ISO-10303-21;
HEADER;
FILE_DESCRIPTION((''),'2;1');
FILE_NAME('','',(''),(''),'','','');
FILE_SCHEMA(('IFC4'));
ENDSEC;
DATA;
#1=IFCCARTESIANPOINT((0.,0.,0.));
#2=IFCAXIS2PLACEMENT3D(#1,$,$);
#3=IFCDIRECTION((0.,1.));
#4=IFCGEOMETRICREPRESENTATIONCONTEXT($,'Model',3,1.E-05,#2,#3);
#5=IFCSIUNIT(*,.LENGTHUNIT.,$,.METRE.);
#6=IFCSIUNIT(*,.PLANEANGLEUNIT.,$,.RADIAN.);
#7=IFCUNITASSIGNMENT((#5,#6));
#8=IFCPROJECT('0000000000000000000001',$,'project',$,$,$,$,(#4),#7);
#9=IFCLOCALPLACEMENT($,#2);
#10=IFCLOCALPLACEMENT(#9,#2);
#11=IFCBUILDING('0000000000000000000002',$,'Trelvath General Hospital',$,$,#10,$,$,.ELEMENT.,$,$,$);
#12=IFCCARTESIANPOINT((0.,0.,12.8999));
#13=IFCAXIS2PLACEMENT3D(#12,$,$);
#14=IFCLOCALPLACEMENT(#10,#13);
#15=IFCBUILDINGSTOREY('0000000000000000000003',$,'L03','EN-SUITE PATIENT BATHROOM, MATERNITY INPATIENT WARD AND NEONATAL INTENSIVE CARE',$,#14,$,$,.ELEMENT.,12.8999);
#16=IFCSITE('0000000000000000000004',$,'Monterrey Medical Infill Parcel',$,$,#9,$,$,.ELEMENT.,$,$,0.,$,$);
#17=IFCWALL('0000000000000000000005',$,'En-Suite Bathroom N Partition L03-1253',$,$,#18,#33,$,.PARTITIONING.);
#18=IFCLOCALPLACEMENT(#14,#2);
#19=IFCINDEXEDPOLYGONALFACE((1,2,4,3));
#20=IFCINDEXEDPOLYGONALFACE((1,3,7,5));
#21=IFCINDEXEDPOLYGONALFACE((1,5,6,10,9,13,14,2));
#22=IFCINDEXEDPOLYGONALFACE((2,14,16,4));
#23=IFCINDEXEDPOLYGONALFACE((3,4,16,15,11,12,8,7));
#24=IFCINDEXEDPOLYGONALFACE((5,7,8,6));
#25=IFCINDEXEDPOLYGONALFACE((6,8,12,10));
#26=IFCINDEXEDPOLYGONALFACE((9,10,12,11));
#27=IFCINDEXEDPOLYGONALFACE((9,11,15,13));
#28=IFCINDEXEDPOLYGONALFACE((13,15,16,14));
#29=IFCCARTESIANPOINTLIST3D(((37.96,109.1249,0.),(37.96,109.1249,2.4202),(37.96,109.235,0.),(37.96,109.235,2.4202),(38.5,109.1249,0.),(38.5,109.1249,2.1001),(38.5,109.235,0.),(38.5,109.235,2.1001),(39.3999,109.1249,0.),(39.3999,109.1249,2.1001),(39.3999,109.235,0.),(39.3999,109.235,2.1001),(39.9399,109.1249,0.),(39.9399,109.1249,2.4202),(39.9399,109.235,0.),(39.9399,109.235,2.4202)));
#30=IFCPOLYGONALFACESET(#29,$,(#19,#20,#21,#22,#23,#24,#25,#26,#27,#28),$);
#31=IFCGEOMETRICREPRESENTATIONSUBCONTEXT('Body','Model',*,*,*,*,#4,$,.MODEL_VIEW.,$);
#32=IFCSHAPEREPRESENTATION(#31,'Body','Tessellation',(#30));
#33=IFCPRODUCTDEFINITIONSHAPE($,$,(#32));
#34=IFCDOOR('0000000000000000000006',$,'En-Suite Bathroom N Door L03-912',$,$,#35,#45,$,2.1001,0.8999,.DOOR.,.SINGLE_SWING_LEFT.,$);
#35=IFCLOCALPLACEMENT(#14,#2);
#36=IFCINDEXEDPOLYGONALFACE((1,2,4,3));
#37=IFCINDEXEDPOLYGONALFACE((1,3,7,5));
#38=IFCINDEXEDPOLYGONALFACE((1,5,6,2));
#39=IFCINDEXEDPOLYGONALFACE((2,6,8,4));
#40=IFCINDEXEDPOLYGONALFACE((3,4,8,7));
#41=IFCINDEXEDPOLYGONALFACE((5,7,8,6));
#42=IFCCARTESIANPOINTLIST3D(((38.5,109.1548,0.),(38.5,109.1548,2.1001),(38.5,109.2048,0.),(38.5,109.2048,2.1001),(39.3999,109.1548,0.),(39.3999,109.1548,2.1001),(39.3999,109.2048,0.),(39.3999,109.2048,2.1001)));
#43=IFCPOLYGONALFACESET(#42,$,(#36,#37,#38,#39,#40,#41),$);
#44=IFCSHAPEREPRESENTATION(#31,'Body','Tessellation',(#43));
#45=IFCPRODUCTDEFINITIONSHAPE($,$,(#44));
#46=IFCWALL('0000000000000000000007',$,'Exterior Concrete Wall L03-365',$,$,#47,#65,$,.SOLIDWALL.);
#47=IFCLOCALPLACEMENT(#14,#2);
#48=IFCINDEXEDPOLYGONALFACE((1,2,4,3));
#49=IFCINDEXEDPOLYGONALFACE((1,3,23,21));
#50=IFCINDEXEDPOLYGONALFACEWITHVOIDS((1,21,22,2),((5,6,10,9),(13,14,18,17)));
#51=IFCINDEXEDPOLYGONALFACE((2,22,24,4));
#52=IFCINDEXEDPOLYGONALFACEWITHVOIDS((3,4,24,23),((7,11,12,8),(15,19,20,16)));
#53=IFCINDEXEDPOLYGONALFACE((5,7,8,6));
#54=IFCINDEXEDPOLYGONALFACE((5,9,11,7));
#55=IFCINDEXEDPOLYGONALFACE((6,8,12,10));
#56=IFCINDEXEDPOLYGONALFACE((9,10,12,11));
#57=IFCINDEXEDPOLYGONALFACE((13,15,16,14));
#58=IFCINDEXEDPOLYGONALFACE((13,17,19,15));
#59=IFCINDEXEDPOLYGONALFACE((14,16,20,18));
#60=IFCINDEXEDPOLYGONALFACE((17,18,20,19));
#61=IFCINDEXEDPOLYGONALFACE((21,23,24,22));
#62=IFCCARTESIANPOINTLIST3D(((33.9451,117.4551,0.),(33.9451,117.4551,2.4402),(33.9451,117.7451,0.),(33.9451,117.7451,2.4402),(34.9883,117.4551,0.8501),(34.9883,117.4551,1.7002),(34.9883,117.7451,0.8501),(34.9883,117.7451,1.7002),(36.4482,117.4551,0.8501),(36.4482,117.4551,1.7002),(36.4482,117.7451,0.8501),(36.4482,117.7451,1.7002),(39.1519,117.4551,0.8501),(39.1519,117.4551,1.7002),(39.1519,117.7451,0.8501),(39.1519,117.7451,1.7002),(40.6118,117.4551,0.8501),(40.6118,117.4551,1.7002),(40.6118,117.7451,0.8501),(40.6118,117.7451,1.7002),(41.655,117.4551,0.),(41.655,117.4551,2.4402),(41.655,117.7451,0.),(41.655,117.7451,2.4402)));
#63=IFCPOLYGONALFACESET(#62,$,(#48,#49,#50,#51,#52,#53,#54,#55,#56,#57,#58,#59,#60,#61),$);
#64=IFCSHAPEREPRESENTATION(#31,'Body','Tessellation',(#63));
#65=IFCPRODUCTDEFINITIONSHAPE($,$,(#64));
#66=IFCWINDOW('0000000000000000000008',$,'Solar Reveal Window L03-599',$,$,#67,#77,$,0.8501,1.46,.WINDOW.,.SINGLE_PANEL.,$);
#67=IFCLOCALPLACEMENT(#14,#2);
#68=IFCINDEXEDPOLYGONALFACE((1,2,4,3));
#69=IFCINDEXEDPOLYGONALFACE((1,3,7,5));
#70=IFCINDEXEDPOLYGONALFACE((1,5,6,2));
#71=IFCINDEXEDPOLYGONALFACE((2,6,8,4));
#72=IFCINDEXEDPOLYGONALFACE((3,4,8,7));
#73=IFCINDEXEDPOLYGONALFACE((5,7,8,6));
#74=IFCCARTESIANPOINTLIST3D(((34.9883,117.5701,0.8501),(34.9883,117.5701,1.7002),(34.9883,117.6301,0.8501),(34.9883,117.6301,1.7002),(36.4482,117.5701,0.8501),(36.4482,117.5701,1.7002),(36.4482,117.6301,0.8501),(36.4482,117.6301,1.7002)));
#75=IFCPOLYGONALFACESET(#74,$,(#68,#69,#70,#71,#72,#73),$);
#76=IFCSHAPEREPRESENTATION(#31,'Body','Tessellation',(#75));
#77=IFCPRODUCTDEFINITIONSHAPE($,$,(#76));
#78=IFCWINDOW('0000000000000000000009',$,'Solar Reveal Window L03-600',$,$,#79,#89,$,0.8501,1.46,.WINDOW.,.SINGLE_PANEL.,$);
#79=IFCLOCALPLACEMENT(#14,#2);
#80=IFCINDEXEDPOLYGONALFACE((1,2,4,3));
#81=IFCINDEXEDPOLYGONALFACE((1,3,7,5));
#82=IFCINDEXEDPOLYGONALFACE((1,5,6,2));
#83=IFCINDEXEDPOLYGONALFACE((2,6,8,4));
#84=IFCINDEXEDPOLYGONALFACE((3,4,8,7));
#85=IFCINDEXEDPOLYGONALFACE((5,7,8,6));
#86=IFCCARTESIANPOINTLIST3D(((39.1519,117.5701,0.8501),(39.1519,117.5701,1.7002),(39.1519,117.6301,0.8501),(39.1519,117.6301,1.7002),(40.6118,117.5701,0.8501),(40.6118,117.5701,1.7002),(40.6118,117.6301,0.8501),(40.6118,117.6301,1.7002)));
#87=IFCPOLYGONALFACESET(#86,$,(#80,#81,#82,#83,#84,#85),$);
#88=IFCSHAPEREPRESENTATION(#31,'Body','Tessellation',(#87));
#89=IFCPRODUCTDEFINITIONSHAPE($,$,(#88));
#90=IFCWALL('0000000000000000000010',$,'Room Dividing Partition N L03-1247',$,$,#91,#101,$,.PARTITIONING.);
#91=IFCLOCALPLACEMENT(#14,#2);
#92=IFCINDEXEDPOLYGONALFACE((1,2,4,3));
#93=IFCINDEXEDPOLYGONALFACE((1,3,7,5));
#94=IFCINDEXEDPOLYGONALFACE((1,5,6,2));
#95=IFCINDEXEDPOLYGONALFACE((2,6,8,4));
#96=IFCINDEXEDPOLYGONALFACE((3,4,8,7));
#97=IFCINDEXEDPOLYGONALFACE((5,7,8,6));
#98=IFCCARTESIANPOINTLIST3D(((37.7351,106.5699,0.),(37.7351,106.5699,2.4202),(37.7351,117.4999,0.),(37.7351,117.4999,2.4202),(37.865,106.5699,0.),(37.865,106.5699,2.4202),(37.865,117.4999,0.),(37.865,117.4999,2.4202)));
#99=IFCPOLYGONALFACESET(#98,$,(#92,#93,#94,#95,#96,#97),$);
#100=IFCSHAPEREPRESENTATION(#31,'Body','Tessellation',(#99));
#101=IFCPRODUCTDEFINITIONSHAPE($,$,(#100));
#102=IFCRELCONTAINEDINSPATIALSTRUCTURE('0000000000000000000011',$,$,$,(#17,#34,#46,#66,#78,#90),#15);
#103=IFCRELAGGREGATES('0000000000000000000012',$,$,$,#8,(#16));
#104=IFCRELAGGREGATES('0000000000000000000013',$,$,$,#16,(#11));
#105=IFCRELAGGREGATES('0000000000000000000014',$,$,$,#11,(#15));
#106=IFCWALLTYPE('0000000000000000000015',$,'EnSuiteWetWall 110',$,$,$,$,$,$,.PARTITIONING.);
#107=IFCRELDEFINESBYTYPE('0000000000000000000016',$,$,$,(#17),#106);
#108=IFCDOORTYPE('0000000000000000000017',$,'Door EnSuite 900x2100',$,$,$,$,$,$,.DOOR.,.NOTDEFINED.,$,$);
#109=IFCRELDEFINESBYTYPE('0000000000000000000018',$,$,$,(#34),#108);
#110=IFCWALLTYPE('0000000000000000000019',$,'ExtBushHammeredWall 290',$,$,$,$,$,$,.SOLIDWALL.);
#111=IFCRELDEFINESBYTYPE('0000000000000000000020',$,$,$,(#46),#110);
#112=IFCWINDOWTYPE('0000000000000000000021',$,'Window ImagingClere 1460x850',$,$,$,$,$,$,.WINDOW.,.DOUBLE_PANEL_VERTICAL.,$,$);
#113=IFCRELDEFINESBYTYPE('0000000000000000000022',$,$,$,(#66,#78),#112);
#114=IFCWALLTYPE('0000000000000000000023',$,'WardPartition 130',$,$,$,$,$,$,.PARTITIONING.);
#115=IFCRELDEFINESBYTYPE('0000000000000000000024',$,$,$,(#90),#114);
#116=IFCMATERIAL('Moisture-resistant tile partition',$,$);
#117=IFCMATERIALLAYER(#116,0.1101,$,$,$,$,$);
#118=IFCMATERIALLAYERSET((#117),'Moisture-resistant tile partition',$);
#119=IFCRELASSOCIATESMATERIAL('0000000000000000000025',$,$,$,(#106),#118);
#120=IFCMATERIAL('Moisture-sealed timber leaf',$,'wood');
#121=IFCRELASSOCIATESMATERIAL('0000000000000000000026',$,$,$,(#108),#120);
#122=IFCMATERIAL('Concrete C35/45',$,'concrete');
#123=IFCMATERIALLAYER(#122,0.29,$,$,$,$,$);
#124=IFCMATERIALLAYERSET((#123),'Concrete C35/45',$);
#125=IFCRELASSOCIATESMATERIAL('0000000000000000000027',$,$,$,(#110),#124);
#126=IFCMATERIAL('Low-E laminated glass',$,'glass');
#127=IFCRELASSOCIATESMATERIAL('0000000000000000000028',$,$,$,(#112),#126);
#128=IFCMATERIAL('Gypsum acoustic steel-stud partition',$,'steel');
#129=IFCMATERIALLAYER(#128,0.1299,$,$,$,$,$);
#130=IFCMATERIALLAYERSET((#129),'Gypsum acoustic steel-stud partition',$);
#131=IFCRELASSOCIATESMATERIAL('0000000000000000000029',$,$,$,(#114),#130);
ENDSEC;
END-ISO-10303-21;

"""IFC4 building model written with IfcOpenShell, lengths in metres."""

from ifc_helpers import new_model, si_unit, direction, frame, frame_2d, origin, place, context, subcontext, project, spatial, rectangle, extrude, material, layer, layer_set, type_object, element, fill, save


model = new_model("IFC4")

# Units and contexts
model_context = context("Model", 3, precision=1e-05, world=origin(), true_north=direction((0.0, 1.0)))
body_context = subcontext(model_context, "Body", "Model", "MODEL_VIEW")
ifc_project = project(units=[si_unit("LENGTHUNIT", "METRE"), si_unit("PLANEANGLEUNIT", "RADIAN")], contexts=[model_context])

# Site, building, storey
site_placement = place(None, origin())
site = spatial("IfcSite", under=ifc_project, at=site_placement, Name="Monterrey Medical Infill Parcel", CompositionType="ELEMENT", RefElevation=0.0)
building_placement = place(site_placement, origin())
building = spatial("IfcBuilding", under=site, at=building_placement, Name="Trelvath General Hospital", CompositionType="ELEMENT")
storey_placement = place(building_placement, frame((0.0, 0.0, 12.8999)))
storey = spatial("IfcBuildingStorey", under=building, at=storey_placement, Name="L03", Description="EN-SUITE PATIENT BATHROOM, MATERNITY INPATIENT WARD AND NEONATAL INTENSIVE CARE", CompositionType="ELEMENT", Elevation=12.8999)

# Shared definitions
ifc_material_1 = material(Name="Moisture-resistant tile partition")
ifc_layer_1 = layer(ifc_material_1, 0.1101)
ifc_layer_set_1 = layer_set([ifc_layer_1], Name="Moisture-resistant tile partition")
wall_type_1 = type_object("IfcWallType", Name="EnSuiteWetWall 110", PredefinedType="PARTITIONING", material=ifc_layer_set_1)

# Shared definitions
ifc_material_2 = material(Name="Moisture-sealed timber leaf", Category="wood")
door_type_1 = type_object("IfcDoorType", Name="Door EnSuite 900x2100", OperationType="NOTDEFINED", PredefinedType="DOOR", material=ifc_material_2)

# Wall, opening, door
wall_1_placement = place(storey_placement, frame((37.96, 109.1799, 0.0), z_axis=(0.0, 0.0, 1.0), x_axis=(1.0, 0.0, 0.0)))
wall_1 = element("IfcWall", 1, at=wall_1_placement, inside=storey, type_object=wall_type_1, Name="En-Suite Bathroom N Partition L03-1253", PredefinedType="PARTITIONING", context=body_context, shape_type="SweptSolid", body=[
    extrude(rectangle(XDim=1.98, YDim=0.1101, at=frame_2d((0.99, 0.0))), origin(), (0.0, 0.0, 1.0), 2.4202),
])
opening_1_placement = place(wall_1_placement, frame((0.54, 0.0, 0.0)))
opening_1 = element("IfcOpeningElement", 2, at=opening_1_placement, cuts=wall_1, PredefinedType="OPENING", context=body_context, shape_type="SweptSolid", body=[
    extrude(rectangle(XDim=0.8999, YDim=2.1001, at=frame_2d((0.45, 1.05))), frame((0.0, 0.0649, 0.0), z_axis=(0.0, -1.0, 0.0), x_axis=(1.0, 0.0, 0.0)), (0.0, 0.0, 1.0), 0.1301),
])
door_1_placement = place(opening_1_placement, origin())
door_1 = element("IfcDoor", 3, at=door_1_placement, inside=storey, type_object=door_type_1, Name="En-Suite Bathroom N Door L03-912", OperationType="SINGLE_SWING_LEFT", OverallHeight=2.1001, OverallWidth=0.8999, PredefinedType="DOOR", context=body_context, shape_type="SweptSolid", body=[
    extrude(rectangle(XDim=0.8999, YDim=2.1001, at=frame_2d((0.45, 1.05))), frame((0.0, 0.0249, 0.0), z_axis=(0.0, -1.0, 0.0), x_axis=(1.0, 0.0, 0.0)), (0.0, 0.0, 1.0), 0.05),
])
fill(opening_1, door_1)

# Wall, openings, windows
ifc_material_3 = material(Name="Concrete C35/45", Category="concrete")
ifc_layer_2 = layer(ifc_material_3, 0.29)
ifc_layer_set_2 = layer_set([ifc_layer_2], Name="Concrete C35/45")
wall_type_2 = type_object("IfcWallType", Name="ExtBushHammeredWall 290", PredefinedType="SOLIDWALL", material=ifc_layer_set_2)
wall_2_placement = place(storey_placement, frame((33.9451, 117.6001, 0.0), z_axis=(0.0, 0.0, 1.0), x_axis=(1.0, 0.0, 0.0)))
wall_2 = element("IfcWall", 4, at=wall_2_placement, inside=storey, type_object=wall_type_2, Name="Exterior Concrete Wall L03-365", PredefinedType="SOLIDWALL", context=body_context, shape_type="SweptSolid", body=[
    extrude(rectangle(XDim=7.71, YDim=0.29, at=frame_2d((3.855, 0.0))), origin(), (0.0, 0.0, 1.0), 2.4402),
])
opening_2_placement = place(wall_2_placement, frame((1.0432, 0.0, 0.8501)))
opening_2 = element("IfcOpeningElement", 5, at=opening_2_placement, cuts=wall_2, PredefinedType="OPENING", context=body_context, shape_type="SweptSolid", body=[
    extrude(rectangle(XDim=1.46, YDim=0.8501, at=frame_2d((0.73, 0.425))), frame((0.0, 0.155, 0.0), z_axis=(0.0, -1.0, 0.0), x_axis=(1.0, 0.0, 0.0)), (0.0, 0.0, 1.0), 0.3101),
])
opening_3_placement = place(wall_2_placement, frame((5.2068, 0.0, 0.8501)))
opening_3 = element("IfcOpeningElement", 6, at=opening_3_placement, cuts=wall_2, PredefinedType="OPENING", context=body_context, shape_type="SweptSolid", body=[
    extrude(rectangle(XDim=1.46, YDim=0.8501, at=frame_2d((0.73, 0.425))), frame((0.0, 0.155, 0.0), z_axis=(0.0, -1.0, 0.0), x_axis=(1.0, 0.0, 0.0)), (0.0, 0.0, 1.0), 0.3101),
])
ifc_material_4 = material(Name="Low-E laminated glass", Category="glass")
window_type = type_object("IfcWindowType", Name="Window ImagingClere 1460x850", PartitioningType="DOUBLE_PANEL_VERTICAL", PredefinedType="WINDOW", material=ifc_material_4)
window_1_placement = place(opening_2_placement, origin())
window_1 = element("IfcWindow", 7, at=window_1_placement, inside=storey, type_object=window_type, Name="Solar Reveal Window L03-599", OverallHeight=0.8501, OverallWidth=1.46, PartitioningType="SINGLE_PANEL", PredefinedType="WINDOW", context=body_context, shape_type="SweptSolid", body=[
    extrude(rectangle(XDim=1.46, YDim=0.8501, at=frame_2d((0.73, 0.425))), frame((0.0, 0.03, 0.0), z_axis=(0.0, -1.0, 0.0), x_axis=(1.0, 0.0, 0.0)), (0.0, 0.0, 1.0), 0.0601),
])
fill(opening_2, window_1)
window_2_placement = place(opening_3_placement, origin())
window_2 = element("IfcWindow", 8, at=window_2_placement, inside=storey, type_object=window_type, Name="Solar Reveal Window L03-600", OverallHeight=0.8501, OverallWidth=1.46, PartitioningType="SINGLE_PANEL", PredefinedType="WINDOW", context=body_context, shape_type="SweptSolid", body=[
    extrude(rectangle(XDim=1.46, YDim=0.8501, at=frame_2d((0.73, 0.425))), frame((0.0, 0.03, 0.0), z_axis=(0.0, -1.0, 0.0), x_axis=(1.0, 0.0, 0.0)), (0.0, 0.0, 1.0), 0.0601),
])
fill(opening_3, window_2)

# Wall
ifc_material_5 = material(Name="Gypsum acoustic steel-stud partition", Category="steel")
ifc_layer_3 = layer(ifc_material_5, 0.1299)
ifc_layer_set_3 = layer_set([ifc_layer_3], Name="Gypsum acoustic steel-stud partition")
wall_type_3 = type_object("IfcWallType", Name="WardPartition 130", PredefinedType="PARTITIONING", material=ifc_layer_set_3)
wall_3_placement = place(storey_placement, frame((37.8, 106.5701, 0.0), z_axis=(0.0, 0.0, 1.0), x_axis=(0.0, 1.0, 0.0)))
element("IfcWall", 9, at=wall_3_placement, inside=storey, type_object=wall_type_3, Name="Room Dividing Partition N L03-1247", PredefinedType="PARTITIONING", context=body_context, shape_type="SweptSolid", body=[
    extrude(rectangle(XDim=10.9299, YDim=0.1299, at=frame_2d((5.4648, 0.0))), origin(), (0.0, 0.0, 1.0), 2.4202),
])

save(model, "model.ifc")
